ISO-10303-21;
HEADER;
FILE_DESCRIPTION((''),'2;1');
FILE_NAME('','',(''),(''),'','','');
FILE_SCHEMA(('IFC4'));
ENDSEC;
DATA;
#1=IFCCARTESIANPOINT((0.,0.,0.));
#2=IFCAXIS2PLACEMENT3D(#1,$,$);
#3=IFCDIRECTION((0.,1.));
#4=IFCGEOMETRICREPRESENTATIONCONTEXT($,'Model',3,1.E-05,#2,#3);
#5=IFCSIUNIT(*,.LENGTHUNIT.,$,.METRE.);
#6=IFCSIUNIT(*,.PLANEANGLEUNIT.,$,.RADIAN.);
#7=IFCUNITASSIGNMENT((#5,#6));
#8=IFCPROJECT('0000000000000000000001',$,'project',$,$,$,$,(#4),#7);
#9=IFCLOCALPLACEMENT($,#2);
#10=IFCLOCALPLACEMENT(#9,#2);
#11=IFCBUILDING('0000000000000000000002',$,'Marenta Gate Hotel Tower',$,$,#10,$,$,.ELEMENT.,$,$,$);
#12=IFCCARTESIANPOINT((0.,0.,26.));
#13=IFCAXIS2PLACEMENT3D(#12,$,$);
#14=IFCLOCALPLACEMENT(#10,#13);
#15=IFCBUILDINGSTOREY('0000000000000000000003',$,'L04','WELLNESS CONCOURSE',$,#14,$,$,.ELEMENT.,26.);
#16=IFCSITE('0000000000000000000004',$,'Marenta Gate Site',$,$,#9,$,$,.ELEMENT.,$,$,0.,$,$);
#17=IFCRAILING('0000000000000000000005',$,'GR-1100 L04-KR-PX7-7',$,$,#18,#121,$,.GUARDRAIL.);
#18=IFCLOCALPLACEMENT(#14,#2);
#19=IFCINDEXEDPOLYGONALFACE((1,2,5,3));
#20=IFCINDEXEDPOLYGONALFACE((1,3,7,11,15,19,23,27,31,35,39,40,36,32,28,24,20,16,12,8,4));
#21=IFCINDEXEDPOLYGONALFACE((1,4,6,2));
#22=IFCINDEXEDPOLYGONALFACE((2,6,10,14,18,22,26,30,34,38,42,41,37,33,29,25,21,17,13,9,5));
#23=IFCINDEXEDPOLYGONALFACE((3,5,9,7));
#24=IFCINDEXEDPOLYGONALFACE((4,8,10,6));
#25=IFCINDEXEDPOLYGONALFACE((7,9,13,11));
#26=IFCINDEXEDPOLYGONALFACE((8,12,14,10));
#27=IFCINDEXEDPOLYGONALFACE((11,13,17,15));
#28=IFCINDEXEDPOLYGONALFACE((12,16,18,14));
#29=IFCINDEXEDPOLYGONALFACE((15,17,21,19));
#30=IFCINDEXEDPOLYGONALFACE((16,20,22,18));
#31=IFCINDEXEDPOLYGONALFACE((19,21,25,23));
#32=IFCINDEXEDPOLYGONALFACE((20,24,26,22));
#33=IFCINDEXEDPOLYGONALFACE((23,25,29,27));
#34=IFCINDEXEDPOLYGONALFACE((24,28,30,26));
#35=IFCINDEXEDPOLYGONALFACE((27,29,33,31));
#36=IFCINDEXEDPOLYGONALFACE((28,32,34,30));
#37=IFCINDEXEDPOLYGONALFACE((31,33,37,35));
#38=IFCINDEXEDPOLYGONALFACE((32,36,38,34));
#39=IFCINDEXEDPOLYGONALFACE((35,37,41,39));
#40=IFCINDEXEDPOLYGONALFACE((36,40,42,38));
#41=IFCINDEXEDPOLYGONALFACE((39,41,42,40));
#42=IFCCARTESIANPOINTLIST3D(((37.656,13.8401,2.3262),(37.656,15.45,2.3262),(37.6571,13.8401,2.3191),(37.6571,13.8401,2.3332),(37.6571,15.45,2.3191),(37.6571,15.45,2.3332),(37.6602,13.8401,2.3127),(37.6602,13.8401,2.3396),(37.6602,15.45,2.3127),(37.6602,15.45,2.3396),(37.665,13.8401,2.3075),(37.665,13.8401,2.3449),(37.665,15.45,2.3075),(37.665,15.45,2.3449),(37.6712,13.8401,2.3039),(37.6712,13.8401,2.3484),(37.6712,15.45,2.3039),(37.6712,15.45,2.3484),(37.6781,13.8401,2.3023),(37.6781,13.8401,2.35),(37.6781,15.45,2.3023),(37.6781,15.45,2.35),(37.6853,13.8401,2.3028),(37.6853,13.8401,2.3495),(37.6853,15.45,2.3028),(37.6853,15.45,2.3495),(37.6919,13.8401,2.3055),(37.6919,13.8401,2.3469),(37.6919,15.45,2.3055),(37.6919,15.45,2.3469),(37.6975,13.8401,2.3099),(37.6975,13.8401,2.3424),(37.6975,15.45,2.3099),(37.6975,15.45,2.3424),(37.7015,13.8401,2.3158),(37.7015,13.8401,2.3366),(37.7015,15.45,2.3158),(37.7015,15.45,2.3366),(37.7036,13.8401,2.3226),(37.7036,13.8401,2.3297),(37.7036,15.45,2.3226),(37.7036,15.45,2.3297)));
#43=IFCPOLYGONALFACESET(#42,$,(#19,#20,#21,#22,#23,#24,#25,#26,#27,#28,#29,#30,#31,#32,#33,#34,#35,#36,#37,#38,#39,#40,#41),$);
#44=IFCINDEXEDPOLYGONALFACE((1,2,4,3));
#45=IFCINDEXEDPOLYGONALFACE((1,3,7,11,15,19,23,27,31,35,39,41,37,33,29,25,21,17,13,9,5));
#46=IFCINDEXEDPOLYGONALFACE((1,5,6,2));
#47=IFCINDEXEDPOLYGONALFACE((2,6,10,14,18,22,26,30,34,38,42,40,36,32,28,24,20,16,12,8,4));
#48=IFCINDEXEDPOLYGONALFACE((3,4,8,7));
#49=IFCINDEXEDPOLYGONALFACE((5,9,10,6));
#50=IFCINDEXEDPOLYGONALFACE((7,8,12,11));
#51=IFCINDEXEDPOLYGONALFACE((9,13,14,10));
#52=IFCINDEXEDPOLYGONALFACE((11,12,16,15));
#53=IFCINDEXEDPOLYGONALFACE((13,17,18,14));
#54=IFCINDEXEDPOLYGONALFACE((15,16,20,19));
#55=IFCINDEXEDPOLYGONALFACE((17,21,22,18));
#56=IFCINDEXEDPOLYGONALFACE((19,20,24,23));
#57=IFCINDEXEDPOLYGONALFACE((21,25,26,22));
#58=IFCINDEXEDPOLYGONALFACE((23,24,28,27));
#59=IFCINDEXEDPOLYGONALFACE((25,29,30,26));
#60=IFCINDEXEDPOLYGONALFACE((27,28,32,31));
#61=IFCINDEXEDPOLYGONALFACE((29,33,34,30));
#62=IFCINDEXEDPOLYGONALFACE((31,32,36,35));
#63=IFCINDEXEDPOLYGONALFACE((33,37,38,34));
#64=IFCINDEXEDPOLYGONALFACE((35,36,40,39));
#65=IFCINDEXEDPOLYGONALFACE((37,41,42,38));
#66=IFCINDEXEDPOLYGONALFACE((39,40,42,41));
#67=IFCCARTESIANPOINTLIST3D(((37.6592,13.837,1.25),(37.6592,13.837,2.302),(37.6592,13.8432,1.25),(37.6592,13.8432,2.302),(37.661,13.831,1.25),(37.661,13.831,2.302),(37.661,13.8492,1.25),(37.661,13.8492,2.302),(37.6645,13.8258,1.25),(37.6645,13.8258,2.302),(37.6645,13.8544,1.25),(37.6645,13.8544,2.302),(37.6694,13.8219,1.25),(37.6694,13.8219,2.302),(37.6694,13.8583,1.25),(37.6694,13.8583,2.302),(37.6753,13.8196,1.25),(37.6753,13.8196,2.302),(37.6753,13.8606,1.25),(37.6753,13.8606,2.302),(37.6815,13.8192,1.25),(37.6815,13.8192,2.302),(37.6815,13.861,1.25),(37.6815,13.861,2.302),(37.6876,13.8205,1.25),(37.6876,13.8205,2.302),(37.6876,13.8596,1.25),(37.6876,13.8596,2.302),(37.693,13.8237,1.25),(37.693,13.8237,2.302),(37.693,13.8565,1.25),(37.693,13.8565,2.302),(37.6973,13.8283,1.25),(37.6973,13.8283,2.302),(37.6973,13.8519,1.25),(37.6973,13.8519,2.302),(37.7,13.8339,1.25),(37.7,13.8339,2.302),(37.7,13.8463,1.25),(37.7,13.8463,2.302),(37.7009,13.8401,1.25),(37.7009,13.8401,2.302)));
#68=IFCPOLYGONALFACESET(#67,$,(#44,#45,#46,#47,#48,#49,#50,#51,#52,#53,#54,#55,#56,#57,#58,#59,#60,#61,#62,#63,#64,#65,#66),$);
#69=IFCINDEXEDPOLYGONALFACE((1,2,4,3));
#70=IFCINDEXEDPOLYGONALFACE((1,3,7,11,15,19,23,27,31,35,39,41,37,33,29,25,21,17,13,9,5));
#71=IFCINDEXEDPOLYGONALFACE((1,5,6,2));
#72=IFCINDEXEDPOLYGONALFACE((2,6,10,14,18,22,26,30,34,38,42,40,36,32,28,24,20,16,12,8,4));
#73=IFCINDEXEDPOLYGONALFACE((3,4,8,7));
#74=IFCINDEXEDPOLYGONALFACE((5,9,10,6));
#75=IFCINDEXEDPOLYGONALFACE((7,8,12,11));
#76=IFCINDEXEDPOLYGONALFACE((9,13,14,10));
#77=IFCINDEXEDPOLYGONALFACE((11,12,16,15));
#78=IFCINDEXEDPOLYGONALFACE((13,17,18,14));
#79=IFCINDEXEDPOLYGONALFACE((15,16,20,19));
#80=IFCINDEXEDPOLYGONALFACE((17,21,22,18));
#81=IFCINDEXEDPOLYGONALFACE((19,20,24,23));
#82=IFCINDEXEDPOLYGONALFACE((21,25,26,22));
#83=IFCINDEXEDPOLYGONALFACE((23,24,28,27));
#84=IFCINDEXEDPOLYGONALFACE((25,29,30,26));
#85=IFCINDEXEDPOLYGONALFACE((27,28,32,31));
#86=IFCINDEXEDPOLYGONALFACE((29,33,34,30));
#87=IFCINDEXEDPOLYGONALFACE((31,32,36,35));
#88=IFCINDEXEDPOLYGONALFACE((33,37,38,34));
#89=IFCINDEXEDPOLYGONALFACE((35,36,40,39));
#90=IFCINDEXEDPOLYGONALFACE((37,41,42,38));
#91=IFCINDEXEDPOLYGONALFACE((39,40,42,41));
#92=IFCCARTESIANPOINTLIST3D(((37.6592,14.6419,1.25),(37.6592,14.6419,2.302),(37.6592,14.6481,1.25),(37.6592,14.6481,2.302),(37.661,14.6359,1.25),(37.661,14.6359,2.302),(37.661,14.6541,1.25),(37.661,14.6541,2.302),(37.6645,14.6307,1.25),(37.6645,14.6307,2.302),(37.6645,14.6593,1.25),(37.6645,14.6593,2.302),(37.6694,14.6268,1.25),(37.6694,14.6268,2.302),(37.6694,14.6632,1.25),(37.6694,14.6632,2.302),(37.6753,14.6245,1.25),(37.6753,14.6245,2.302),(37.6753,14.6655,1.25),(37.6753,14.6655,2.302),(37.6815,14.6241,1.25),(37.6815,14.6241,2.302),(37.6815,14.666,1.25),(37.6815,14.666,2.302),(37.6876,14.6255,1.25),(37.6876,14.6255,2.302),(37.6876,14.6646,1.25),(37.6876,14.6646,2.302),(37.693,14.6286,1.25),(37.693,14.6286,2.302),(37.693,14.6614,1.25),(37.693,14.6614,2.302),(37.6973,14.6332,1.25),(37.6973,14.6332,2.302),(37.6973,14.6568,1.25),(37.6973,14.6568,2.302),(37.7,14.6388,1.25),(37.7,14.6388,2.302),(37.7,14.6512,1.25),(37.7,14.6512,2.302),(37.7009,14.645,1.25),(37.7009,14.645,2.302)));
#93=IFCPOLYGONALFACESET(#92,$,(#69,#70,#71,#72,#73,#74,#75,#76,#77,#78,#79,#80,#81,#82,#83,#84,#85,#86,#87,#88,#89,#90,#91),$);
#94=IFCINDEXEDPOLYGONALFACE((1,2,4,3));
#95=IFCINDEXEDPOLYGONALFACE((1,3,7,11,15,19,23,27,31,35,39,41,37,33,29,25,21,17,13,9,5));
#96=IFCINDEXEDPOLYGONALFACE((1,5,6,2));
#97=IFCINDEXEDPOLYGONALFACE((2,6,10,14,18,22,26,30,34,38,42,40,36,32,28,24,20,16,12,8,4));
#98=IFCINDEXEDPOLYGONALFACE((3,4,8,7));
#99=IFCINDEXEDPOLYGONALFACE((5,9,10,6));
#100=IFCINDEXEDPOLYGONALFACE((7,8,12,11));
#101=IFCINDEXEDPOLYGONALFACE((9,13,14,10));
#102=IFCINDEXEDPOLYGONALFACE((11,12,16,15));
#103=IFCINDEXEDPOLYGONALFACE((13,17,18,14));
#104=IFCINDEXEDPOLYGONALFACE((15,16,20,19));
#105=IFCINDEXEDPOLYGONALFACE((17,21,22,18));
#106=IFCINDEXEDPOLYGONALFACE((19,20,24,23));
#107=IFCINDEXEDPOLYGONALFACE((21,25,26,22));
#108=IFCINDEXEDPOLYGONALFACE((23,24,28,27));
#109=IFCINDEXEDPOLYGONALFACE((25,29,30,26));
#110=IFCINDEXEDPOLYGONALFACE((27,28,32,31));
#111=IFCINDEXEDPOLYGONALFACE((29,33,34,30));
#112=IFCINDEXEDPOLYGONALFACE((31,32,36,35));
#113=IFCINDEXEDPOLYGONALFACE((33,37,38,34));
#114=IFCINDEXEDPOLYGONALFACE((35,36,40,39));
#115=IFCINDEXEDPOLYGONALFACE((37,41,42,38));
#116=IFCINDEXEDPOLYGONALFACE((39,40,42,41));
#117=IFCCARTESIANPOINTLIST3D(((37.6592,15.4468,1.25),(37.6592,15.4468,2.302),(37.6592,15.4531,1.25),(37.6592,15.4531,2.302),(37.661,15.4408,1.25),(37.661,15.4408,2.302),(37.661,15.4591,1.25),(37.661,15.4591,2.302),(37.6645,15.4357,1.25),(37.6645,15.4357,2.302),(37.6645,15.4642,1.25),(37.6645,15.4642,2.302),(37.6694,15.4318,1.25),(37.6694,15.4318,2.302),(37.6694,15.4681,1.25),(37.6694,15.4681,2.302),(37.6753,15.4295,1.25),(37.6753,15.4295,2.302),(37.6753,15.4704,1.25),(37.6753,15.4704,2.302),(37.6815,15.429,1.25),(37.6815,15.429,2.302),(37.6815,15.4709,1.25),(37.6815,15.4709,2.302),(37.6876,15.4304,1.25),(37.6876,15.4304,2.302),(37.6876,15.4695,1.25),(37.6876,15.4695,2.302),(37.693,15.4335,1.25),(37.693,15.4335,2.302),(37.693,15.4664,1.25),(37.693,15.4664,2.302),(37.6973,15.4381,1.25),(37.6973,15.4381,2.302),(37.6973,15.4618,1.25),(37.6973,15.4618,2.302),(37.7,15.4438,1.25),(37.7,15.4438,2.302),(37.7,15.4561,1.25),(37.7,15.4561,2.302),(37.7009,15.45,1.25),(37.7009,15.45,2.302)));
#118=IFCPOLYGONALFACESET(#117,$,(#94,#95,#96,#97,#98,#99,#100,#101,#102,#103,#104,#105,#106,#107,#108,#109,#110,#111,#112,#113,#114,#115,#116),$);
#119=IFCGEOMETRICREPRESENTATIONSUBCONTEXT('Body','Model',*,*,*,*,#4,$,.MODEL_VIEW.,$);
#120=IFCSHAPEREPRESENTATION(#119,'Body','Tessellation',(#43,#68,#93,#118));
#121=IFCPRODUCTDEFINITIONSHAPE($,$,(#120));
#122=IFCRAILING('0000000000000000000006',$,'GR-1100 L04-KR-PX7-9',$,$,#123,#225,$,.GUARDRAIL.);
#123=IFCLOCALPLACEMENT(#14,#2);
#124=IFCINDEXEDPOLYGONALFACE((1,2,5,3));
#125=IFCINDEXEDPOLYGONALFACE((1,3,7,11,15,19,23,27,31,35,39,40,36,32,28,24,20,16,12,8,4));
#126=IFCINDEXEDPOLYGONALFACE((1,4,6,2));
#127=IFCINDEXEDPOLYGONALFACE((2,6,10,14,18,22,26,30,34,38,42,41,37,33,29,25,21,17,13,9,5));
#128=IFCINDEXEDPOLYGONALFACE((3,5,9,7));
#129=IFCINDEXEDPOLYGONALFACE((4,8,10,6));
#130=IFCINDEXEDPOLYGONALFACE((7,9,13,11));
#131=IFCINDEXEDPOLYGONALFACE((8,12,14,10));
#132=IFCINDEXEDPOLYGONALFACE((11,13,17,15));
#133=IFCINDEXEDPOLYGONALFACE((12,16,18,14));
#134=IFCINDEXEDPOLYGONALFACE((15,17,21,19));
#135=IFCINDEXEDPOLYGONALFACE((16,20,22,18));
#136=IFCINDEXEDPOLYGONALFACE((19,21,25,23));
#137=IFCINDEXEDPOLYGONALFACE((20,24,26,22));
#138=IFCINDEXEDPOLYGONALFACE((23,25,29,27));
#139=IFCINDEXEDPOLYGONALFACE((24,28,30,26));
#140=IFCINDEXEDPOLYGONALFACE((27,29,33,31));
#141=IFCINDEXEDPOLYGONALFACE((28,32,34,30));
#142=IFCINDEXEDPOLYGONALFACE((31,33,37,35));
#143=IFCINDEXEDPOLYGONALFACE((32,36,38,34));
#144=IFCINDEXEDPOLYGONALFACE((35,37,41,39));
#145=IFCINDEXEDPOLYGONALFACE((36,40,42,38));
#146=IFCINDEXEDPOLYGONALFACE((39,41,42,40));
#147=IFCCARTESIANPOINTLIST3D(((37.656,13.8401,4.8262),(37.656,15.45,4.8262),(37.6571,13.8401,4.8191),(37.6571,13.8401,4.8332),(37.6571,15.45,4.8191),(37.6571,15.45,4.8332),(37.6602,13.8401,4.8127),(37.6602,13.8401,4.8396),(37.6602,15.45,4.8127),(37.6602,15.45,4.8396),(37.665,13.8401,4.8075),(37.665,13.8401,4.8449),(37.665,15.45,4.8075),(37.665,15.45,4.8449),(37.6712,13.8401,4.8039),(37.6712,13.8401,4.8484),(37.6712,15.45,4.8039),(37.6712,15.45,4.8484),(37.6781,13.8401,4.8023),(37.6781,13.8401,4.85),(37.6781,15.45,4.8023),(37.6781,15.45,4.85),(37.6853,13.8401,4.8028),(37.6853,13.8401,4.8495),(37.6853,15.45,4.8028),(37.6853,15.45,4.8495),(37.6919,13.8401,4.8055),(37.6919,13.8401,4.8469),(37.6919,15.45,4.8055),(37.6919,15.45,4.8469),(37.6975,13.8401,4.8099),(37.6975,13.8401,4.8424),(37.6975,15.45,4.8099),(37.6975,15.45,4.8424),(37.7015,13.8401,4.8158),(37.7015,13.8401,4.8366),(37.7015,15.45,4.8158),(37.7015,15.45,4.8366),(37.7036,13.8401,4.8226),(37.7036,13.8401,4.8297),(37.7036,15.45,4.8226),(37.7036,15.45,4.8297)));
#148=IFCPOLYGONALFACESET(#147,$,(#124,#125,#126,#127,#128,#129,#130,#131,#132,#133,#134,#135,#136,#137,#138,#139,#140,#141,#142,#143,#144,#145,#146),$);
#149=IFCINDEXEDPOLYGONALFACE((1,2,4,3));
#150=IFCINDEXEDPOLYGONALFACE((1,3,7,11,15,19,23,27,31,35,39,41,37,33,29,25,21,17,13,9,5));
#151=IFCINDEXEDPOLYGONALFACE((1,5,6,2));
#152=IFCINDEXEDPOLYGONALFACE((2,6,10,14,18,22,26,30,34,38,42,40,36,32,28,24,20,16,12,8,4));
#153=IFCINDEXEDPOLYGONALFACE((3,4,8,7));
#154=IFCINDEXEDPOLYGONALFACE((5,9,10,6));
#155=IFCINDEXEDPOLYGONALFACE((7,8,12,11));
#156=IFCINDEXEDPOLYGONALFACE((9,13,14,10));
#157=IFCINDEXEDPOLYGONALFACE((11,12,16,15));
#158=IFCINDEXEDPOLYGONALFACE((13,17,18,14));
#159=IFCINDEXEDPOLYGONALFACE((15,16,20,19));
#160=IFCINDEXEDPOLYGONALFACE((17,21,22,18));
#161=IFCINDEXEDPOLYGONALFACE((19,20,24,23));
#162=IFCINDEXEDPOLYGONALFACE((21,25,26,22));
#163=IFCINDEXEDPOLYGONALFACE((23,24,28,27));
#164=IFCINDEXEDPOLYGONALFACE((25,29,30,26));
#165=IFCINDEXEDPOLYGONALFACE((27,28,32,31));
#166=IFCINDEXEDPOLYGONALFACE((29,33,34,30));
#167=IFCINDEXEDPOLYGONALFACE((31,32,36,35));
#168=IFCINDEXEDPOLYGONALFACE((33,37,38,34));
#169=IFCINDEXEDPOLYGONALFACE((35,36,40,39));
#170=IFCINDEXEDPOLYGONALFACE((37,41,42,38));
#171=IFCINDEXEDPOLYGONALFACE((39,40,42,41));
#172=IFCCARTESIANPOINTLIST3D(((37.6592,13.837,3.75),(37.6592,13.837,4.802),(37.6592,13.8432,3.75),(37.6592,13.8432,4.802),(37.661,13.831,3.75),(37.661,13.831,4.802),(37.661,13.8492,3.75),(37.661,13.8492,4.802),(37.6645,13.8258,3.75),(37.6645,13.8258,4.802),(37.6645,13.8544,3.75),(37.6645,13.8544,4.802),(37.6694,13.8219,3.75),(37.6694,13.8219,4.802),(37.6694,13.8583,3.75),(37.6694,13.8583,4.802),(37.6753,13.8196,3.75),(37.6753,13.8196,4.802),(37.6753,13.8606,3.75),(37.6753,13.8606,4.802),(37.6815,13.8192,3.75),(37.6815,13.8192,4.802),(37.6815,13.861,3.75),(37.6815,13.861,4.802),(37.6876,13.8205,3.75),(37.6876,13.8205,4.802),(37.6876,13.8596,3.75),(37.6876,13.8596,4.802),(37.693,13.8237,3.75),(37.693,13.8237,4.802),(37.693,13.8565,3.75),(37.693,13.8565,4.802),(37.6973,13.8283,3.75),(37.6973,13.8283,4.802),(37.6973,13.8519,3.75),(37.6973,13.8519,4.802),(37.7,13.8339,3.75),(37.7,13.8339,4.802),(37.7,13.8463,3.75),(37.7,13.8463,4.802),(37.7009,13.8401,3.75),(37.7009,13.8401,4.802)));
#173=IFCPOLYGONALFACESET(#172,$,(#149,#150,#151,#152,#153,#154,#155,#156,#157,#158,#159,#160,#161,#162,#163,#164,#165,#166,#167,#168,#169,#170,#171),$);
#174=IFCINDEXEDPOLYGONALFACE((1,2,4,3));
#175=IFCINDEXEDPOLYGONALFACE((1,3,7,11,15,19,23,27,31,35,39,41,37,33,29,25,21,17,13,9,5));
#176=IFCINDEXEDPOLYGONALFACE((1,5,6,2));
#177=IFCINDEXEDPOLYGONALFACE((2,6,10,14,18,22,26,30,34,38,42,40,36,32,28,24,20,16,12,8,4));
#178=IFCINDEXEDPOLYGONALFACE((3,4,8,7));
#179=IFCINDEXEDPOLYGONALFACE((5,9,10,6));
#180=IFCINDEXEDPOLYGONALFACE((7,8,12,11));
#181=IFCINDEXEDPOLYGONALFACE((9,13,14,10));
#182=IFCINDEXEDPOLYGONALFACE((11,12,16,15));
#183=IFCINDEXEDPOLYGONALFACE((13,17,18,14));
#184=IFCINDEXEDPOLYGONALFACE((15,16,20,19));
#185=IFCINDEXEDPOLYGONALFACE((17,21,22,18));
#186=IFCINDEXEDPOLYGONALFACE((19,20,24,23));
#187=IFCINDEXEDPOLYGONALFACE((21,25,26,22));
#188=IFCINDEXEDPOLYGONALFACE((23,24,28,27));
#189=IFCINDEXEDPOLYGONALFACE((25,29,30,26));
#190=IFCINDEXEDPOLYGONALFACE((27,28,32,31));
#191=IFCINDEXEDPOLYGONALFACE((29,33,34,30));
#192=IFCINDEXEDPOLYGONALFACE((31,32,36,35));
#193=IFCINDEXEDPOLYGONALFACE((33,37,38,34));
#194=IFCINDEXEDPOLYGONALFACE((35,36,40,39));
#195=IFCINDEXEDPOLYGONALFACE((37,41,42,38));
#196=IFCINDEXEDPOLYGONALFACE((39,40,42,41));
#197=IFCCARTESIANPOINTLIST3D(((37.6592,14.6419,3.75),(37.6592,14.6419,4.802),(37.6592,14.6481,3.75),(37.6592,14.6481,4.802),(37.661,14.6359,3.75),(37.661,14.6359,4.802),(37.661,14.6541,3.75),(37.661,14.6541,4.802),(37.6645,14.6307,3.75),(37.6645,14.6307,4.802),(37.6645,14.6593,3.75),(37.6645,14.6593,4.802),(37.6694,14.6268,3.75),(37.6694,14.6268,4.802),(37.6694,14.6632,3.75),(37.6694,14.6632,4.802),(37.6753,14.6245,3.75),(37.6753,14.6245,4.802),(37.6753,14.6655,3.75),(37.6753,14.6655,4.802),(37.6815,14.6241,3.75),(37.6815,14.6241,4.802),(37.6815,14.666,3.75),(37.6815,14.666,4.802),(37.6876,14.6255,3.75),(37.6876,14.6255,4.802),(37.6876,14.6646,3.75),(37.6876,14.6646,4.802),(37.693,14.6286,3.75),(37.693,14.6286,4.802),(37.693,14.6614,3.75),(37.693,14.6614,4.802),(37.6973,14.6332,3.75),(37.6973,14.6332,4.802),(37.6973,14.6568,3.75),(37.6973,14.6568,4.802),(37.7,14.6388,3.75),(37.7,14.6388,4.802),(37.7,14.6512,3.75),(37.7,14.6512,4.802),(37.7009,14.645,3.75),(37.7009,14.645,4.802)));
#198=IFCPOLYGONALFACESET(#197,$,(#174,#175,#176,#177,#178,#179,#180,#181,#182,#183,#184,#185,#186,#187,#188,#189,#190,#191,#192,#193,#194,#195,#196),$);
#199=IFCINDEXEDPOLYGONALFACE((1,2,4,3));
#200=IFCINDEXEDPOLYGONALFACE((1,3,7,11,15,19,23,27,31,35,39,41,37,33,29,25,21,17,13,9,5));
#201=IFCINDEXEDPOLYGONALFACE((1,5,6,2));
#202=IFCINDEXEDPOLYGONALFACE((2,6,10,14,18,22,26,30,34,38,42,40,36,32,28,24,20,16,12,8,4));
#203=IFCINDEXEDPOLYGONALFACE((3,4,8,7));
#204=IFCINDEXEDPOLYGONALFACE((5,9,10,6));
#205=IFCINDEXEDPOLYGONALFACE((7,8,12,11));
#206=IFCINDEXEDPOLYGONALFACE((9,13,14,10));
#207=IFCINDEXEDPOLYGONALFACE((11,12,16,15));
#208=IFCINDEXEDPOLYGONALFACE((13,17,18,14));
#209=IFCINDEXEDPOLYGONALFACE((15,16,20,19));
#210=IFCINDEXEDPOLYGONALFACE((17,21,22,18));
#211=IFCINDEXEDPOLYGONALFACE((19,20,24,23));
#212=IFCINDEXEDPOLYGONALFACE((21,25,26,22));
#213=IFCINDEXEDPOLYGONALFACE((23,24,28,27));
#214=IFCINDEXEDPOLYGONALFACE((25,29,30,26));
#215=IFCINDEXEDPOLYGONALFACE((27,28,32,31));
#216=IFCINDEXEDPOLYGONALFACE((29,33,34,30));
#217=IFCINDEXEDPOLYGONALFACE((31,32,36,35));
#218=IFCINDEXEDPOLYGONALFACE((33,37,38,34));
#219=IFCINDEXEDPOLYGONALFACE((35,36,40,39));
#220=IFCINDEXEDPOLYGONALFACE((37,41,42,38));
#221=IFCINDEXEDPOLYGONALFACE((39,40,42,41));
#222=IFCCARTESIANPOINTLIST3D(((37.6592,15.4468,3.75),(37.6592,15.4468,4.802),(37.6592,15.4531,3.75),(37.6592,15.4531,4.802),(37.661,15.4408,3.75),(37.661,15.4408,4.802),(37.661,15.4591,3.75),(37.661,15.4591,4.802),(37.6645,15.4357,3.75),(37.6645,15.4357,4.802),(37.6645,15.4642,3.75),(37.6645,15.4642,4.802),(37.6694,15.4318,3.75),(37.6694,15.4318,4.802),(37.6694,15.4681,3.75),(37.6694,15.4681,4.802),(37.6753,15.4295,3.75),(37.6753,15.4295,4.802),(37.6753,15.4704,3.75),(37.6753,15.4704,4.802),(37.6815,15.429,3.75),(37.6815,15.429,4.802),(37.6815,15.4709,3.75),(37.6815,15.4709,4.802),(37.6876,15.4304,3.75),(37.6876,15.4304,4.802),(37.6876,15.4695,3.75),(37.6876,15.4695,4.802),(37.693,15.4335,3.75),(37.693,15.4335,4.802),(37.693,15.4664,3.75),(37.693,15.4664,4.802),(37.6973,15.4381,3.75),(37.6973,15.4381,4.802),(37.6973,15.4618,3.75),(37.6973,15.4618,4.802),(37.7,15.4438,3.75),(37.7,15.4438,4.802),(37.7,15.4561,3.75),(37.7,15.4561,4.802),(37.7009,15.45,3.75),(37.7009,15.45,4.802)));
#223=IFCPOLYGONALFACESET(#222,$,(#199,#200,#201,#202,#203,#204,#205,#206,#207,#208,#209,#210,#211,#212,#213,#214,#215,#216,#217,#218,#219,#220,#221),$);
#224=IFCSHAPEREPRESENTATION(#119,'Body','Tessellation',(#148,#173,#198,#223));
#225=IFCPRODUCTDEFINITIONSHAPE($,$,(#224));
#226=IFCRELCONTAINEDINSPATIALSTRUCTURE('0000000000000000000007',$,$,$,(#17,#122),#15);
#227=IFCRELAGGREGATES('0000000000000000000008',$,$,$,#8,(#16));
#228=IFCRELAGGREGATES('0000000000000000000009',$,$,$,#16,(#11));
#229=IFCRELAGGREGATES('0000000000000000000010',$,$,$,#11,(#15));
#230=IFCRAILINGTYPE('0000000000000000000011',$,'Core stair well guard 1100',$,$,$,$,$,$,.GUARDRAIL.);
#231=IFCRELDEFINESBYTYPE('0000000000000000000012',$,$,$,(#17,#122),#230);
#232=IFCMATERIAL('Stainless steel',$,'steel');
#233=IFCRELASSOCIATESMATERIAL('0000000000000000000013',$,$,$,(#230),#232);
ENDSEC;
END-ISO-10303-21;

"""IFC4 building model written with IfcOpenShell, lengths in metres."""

from ifc_helpers import new_model, si_unit, direction, frame, origin, origin_2d, place, context, subcontext, project, spatial, circle, extrude, material, type_object, element, save


model = new_model("IFC4")

# Units and contexts
model_context = context("Model", 3, precision=1e-05, world=origin(), true_north=direction((0.0, 1.0)))
body_context = subcontext(model_context, "Body", "Model", "MODEL_VIEW")
ifc_project = project(units=[si_unit("LENGTHUNIT", "METRE"), si_unit("PLANEANGLEUNIT", "RADIAN")], contexts=[model_context])

# Site, building, storey
site_placement = place(None, origin())
site = spatial("IfcSite", under=ifc_project, at=site_placement, Name="Marenta Gate Site", CompositionType="ELEMENT", RefElevation=0.0)
building_placement = place(site_placement, origin())
building = spatial("IfcBuilding", under=site, at=building_placement, Name="Marenta Gate Hotel Tower", CompositionType="ELEMENT")
storey_placement = place(building_placement, frame((0.0, 0.0, 26.0)))
storey = spatial("IfcBuildingStorey", under=building, at=storey_placement, Name="L04", Description="WELLNESS CONCOURSE", CompositionType="ELEMENT", Elevation=26.0)

# Railings
ifc_material_1 = material(Name="Stainless steel", Category="steel")
railing_type = type_object("IfcRailingType", Name="Core stair well guard 1100", PredefinedType="GUARDRAIL", material=ifc_material_1)
for number, where, name in (
    (1, (37.6799, 13.8401, 1.25), "GR-1100 L04-KR-PX7-7"),
    (2, (37.6799, 13.8401, 3.75), "GR-1100 L04-KR-PX7-9"),
):
    element("IfcRailing", number, at=place(storey_placement, frame(where)), inside=storey, type_object=railing_type, Name=name, PredefinedType="GUARDRAIL", context=body_context, shape_type="SweptSolid", body=[
        extrude(circle(Radius=0.0239, at=origin_2d()), frame((0.0, 0.0, 1.0762), z_axis=(0.0, 1.0, 0.0), x_axis=(-1.0, 0.0, 0.0)), (0.0, 0.0, 1.0), 1.6099),
        extrude(circle(Radius=0.021, at=origin_2d()), origin(), (0.0, 0.0, 1.0), 1.052),
        extrude(circle(Radius=0.021, at=origin_2d()), frame((0.0, 0.8049, 0.0)), (0.0, 0.0, 1.0), 1.052),
        extrude(circle(Radius=0.021, at=origin_2d()), frame((0.0, 1.6099, 0.0)), (0.0, 0.0, 1.0), 1.052),
    ])

save(model, "model.ifc")
